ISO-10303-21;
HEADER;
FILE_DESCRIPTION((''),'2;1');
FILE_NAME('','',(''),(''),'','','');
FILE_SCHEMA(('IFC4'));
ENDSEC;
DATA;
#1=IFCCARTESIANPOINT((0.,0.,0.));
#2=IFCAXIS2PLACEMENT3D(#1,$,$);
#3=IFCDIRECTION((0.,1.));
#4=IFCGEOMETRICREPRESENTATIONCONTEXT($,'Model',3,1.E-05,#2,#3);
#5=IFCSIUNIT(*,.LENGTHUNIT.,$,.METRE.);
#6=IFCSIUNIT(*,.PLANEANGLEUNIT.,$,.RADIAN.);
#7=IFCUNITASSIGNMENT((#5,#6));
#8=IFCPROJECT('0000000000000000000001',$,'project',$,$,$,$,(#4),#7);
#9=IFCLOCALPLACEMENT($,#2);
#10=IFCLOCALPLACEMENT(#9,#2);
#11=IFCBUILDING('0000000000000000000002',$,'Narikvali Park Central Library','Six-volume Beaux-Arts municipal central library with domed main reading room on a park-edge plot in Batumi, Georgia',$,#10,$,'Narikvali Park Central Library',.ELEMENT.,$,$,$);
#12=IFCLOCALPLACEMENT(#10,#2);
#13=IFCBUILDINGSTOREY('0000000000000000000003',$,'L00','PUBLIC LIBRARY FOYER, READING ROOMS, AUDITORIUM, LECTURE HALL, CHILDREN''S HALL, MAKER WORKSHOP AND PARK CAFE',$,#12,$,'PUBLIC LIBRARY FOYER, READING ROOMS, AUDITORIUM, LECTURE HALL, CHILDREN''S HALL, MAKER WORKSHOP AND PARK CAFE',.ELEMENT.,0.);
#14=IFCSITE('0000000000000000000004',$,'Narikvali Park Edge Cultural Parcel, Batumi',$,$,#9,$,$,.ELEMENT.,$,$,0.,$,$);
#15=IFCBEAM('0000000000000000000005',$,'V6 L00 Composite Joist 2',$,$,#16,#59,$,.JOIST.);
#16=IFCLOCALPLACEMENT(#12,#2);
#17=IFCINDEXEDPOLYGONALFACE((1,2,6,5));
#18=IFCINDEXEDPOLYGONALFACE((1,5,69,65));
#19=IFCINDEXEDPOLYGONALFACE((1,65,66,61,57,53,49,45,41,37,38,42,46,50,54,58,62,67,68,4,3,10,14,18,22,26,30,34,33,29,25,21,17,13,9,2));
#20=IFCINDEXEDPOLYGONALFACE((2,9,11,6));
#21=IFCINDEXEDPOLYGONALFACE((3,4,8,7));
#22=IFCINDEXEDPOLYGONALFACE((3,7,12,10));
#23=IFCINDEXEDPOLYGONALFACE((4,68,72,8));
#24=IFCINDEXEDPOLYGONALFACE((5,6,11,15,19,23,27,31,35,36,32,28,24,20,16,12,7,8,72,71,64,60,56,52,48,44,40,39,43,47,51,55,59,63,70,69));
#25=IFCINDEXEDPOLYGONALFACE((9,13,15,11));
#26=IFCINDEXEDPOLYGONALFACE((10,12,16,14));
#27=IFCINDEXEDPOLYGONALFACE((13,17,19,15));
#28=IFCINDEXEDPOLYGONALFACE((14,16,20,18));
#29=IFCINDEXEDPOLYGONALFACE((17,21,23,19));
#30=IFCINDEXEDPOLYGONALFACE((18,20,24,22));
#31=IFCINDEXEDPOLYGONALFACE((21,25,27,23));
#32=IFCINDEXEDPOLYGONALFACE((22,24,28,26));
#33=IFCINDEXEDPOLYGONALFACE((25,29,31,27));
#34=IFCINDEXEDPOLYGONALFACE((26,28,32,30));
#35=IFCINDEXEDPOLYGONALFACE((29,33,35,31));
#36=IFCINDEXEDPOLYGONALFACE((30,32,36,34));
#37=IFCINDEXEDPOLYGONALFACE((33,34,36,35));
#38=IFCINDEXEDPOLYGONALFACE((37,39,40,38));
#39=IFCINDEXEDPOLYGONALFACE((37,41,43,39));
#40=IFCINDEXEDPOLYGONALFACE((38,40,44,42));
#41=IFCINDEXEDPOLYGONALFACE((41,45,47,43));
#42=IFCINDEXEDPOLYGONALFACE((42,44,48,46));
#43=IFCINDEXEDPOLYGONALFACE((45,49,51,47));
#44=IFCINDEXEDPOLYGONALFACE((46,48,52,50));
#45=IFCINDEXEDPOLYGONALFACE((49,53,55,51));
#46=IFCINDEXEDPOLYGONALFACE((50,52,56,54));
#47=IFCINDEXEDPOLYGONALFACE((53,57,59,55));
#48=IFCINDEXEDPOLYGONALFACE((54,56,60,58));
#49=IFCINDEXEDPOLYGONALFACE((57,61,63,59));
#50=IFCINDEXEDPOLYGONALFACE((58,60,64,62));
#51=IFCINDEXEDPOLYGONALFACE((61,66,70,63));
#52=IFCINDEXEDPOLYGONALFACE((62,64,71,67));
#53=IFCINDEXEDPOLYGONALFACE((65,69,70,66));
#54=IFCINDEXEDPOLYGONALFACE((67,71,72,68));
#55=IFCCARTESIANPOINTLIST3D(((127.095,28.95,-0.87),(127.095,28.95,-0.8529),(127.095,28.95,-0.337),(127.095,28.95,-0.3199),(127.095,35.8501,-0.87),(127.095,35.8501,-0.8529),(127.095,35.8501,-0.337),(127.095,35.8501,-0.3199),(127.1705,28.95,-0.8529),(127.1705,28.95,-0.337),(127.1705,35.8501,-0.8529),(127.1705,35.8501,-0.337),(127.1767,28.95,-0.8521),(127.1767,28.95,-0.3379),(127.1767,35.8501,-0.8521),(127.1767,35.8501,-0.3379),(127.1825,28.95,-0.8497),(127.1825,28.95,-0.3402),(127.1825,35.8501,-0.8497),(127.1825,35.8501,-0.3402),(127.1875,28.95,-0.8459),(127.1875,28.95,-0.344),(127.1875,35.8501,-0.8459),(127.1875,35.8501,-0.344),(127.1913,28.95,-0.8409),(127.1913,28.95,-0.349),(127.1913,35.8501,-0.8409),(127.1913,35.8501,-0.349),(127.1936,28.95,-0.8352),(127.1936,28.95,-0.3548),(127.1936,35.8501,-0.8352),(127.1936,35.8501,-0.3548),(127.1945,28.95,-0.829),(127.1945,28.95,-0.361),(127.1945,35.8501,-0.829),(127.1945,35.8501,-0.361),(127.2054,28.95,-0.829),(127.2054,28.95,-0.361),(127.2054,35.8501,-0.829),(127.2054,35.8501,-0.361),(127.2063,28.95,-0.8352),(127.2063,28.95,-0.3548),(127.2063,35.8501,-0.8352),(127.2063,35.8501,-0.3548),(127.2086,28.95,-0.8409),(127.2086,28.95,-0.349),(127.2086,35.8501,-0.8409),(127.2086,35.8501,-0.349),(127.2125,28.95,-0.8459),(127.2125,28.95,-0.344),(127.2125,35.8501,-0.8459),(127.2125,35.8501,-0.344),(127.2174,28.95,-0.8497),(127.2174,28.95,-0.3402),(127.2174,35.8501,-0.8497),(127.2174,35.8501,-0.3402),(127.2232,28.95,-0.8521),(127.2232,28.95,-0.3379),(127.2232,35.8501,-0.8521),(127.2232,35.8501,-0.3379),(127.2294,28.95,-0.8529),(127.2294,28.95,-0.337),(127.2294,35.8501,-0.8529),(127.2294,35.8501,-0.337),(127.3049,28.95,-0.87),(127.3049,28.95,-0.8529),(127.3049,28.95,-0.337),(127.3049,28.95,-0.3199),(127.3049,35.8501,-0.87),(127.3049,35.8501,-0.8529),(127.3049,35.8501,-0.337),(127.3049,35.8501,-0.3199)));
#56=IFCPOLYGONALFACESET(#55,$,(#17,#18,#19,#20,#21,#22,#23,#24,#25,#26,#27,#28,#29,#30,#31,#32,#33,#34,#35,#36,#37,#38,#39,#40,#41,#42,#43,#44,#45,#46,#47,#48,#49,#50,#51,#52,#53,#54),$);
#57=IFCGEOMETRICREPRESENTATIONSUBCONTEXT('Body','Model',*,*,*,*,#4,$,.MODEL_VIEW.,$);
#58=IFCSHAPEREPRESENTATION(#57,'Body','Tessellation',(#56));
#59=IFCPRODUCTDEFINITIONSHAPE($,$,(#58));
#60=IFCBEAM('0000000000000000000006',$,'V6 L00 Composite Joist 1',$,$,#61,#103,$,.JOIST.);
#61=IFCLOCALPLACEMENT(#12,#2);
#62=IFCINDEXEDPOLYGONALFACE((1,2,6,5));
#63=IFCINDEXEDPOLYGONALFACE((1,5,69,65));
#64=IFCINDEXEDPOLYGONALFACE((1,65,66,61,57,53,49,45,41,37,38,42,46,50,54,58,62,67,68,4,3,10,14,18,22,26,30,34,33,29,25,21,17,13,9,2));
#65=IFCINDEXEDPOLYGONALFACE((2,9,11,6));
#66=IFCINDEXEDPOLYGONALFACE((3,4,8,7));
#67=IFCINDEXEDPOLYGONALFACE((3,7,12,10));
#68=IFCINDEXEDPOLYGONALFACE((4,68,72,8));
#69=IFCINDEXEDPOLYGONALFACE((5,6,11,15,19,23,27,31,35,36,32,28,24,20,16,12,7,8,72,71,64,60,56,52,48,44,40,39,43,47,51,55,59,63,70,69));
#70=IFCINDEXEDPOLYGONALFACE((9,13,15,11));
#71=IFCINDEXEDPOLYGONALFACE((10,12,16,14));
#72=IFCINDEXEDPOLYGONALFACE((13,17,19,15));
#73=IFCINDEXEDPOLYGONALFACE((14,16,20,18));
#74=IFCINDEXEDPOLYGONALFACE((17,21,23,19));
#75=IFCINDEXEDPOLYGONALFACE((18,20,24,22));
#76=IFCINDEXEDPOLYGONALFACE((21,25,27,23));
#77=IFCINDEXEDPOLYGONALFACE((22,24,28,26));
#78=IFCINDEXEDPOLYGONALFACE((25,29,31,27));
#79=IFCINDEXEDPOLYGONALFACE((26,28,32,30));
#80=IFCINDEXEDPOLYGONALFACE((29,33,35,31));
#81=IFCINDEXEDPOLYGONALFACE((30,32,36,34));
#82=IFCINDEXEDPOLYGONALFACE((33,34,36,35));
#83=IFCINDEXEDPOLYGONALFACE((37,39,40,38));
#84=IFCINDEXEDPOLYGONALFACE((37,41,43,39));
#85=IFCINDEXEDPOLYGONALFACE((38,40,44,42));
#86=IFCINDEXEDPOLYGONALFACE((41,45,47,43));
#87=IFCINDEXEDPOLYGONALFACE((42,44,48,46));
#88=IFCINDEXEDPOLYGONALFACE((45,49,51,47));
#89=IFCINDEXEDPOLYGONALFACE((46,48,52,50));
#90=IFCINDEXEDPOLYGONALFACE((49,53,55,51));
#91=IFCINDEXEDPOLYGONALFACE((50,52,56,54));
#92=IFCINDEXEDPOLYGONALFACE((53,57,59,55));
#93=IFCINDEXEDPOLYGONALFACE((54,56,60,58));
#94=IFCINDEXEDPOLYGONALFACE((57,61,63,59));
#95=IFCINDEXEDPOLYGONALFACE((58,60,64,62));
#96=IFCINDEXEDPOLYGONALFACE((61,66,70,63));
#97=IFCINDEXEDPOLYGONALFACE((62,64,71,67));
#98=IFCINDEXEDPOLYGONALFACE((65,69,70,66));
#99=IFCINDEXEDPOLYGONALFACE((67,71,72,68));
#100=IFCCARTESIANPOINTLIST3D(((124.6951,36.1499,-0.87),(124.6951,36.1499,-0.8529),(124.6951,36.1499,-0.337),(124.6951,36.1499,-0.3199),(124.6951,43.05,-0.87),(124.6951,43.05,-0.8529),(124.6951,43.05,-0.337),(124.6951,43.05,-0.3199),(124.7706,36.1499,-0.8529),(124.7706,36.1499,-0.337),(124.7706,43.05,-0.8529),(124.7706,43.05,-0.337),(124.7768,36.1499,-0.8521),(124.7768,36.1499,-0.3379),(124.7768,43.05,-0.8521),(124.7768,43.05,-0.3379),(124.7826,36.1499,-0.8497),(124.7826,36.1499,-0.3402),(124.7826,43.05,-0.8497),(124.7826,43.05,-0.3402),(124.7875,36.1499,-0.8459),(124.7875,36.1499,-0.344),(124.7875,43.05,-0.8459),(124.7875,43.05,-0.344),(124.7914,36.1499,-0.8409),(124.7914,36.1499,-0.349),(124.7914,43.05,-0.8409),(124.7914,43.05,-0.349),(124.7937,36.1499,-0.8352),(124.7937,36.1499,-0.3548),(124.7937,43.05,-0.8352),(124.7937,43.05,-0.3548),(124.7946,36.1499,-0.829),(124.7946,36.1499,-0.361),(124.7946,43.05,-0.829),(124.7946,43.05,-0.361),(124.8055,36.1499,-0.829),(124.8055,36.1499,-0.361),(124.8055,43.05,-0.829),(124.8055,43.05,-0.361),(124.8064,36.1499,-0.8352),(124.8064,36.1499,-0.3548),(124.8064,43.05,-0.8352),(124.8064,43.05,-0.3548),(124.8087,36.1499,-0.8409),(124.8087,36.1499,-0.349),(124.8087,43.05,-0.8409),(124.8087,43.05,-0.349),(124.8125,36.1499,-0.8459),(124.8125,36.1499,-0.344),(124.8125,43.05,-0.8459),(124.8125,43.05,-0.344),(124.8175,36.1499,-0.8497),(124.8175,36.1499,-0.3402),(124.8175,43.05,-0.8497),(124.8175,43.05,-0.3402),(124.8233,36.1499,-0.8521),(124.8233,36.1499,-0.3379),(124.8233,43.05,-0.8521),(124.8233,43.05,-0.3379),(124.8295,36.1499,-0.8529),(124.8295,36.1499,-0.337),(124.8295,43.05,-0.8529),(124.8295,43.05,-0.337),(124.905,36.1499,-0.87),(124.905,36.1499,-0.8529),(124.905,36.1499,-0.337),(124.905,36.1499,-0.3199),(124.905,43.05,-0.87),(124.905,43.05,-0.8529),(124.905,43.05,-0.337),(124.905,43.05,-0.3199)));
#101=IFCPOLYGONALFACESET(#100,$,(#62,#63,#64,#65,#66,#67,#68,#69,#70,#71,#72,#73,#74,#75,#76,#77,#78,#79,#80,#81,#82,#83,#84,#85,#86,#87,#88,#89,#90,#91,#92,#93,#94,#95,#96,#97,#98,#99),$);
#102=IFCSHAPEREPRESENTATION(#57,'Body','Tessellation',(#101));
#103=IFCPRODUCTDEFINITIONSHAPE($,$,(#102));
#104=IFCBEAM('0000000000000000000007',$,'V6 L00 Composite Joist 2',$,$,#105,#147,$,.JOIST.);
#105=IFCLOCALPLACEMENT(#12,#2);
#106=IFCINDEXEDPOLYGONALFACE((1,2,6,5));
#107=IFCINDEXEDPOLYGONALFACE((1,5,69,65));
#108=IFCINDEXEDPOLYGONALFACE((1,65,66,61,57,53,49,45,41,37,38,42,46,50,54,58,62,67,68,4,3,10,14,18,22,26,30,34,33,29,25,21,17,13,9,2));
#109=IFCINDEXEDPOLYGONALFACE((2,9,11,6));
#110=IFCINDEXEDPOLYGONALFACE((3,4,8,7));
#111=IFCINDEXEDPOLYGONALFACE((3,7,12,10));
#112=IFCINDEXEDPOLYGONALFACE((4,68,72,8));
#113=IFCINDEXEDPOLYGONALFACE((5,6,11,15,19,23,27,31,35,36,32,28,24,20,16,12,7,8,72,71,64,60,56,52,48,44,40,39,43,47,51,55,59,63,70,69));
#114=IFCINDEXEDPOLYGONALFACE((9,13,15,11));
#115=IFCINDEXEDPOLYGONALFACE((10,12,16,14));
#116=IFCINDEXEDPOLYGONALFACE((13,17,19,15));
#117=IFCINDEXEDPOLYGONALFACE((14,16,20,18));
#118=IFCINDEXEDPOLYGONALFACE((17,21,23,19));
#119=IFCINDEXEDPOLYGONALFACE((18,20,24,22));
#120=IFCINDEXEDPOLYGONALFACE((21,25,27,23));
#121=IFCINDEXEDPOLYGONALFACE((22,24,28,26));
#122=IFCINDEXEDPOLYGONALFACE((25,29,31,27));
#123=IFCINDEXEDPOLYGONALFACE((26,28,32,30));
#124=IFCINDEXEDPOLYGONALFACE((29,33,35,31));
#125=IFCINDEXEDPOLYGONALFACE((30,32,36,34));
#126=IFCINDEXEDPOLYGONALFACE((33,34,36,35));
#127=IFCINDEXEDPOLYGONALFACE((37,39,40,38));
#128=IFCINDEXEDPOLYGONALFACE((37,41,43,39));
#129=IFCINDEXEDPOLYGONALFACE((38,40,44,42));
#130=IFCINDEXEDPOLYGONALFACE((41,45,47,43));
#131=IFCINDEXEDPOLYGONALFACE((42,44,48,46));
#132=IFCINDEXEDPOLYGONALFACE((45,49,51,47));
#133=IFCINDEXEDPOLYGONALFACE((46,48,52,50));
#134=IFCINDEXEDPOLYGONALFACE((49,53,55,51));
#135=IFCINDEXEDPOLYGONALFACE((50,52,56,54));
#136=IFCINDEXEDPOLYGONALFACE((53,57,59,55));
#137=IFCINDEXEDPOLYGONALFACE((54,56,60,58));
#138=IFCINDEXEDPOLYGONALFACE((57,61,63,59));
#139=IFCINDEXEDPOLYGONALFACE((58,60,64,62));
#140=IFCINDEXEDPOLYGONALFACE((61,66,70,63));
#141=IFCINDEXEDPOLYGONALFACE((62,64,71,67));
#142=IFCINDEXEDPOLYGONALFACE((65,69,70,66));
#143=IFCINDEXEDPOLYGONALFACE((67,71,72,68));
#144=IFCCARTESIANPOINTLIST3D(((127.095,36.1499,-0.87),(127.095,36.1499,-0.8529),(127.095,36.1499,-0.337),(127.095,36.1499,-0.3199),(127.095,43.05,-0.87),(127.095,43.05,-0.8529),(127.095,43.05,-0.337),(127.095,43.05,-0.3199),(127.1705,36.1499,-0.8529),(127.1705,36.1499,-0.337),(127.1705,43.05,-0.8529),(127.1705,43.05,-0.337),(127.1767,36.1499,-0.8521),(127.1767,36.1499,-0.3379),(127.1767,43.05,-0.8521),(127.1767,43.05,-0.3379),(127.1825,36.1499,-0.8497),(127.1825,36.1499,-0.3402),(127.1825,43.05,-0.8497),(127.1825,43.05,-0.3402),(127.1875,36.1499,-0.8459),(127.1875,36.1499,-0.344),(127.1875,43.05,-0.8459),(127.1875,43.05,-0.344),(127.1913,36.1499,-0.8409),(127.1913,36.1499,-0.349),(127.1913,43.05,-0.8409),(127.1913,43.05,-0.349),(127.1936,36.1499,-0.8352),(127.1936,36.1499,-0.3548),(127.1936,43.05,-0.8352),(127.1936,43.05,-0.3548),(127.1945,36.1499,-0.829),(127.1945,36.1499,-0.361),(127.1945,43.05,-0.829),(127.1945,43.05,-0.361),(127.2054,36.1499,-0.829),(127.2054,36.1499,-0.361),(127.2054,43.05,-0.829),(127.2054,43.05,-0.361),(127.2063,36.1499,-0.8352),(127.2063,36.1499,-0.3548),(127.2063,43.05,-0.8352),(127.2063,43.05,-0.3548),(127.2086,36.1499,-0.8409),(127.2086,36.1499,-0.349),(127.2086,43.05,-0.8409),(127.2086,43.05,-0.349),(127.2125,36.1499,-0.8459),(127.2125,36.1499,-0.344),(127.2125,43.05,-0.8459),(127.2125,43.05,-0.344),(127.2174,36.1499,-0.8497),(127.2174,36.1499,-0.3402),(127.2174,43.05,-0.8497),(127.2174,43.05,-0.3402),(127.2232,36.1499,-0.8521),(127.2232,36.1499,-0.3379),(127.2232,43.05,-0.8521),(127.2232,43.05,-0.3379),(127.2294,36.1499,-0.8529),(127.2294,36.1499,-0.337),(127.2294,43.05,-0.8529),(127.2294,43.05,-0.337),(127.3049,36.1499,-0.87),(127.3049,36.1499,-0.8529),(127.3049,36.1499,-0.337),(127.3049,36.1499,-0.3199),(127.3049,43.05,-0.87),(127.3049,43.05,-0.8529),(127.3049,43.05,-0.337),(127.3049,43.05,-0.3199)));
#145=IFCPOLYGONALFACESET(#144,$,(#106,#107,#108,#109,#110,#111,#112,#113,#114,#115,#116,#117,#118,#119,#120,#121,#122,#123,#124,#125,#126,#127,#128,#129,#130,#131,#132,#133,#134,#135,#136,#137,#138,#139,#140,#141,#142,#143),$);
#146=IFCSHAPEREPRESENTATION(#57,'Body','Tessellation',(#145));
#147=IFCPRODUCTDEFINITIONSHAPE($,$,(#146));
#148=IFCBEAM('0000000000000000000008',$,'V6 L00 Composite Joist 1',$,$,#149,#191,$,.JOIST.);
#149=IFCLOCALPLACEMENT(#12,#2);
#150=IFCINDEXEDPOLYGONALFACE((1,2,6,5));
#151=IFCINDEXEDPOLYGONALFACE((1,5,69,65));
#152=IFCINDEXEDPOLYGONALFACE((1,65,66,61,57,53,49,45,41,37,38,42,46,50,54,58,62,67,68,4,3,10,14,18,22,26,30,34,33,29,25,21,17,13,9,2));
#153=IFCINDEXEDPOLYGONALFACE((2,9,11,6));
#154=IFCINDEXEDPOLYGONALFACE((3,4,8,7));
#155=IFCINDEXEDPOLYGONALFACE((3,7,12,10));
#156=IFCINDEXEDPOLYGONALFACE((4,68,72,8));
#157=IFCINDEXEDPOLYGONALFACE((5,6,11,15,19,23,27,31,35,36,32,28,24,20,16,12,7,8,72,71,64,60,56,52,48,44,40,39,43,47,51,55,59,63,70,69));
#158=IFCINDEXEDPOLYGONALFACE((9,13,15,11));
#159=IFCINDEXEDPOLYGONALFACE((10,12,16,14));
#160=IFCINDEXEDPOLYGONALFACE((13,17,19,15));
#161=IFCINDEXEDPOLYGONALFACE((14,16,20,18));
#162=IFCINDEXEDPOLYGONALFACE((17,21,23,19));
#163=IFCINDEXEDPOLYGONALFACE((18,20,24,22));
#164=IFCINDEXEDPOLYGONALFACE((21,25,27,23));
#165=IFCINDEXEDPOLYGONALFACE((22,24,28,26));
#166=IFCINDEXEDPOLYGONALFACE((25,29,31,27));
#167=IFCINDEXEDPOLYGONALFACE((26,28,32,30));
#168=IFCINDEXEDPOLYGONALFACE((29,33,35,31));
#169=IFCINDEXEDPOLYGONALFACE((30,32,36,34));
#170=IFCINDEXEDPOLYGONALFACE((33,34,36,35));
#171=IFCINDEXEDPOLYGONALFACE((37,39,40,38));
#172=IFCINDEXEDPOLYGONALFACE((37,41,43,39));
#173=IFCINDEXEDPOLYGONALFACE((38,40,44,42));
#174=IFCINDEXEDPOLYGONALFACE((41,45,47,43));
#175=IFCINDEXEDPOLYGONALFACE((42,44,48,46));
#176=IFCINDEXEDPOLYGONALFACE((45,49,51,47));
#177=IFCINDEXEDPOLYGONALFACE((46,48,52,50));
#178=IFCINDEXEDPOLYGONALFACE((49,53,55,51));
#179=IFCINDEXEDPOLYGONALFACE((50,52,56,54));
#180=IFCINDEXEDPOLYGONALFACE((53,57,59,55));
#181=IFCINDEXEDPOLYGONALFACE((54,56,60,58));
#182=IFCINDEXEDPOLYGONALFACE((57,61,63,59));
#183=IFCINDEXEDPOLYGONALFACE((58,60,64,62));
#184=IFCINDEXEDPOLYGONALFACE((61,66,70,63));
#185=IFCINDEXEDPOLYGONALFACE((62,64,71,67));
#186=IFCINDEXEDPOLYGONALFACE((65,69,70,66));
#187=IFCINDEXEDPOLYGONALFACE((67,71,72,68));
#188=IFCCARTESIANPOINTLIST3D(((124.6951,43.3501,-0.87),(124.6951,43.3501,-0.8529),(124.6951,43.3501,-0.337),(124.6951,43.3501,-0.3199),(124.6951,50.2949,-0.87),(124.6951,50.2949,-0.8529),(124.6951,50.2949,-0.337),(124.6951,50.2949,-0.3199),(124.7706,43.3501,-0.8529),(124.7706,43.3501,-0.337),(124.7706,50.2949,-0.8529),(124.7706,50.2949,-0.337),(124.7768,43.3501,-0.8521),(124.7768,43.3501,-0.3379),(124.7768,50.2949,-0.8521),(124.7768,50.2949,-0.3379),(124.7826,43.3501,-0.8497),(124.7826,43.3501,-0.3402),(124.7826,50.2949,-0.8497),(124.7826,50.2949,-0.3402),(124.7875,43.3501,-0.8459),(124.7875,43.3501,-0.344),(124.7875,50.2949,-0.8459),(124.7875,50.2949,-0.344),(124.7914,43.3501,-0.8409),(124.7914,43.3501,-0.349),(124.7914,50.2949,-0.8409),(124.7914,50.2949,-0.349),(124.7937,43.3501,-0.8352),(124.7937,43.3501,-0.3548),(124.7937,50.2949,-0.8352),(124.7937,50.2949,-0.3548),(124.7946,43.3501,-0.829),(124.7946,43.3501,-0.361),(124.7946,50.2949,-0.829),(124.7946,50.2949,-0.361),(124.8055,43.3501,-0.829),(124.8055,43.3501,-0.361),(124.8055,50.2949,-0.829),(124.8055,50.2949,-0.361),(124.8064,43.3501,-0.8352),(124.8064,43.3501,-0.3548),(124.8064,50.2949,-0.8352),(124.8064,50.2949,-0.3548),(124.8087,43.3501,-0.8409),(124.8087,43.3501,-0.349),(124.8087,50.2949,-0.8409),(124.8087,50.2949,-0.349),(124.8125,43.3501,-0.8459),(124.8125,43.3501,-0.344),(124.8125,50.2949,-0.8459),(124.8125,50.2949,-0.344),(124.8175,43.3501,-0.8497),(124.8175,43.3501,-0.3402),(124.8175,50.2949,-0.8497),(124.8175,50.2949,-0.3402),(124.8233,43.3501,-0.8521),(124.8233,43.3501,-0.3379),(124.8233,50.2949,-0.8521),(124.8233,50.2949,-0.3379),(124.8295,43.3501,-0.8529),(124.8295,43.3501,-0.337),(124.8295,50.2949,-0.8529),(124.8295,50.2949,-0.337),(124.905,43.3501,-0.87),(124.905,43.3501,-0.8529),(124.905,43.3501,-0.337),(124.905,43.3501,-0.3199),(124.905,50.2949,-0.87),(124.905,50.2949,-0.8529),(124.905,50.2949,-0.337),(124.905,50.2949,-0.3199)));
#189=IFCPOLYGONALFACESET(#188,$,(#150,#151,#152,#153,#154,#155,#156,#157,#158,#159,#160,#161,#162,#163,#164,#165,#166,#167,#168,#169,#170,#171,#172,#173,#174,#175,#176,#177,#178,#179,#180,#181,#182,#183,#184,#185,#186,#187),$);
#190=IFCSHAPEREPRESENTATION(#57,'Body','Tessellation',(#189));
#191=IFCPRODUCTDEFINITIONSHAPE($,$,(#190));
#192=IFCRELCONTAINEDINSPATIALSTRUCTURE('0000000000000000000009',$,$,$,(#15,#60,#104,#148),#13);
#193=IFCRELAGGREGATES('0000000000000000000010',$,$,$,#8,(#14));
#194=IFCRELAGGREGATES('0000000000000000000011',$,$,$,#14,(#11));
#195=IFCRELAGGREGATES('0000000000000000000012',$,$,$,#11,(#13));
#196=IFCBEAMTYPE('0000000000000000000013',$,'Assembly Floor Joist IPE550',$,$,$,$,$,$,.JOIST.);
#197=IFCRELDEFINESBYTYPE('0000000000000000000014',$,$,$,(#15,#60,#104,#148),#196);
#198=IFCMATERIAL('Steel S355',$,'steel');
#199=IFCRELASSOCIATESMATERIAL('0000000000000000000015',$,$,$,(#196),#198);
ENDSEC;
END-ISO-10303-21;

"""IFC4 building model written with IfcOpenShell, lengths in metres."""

from ifc_helpers import new_model, si_unit, direction, frame, origin, origin_2d, place, context, subcontext, project, spatial, i_section, extrude, material, material_profile, profile_set, type_object, element, save


model = new_model("IFC4")

# Units and contexts
model_context = context("Model", 3, precision=1e-05, world=origin(), true_north=direction((0.0, 1.0)))
body_context = subcontext(model_context, "Body", "Model", "MODEL_VIEW")
ifc_project = project(units=[si_unit("LENGTHUNIT", "METRE"), si_unit("PLANEANGLEUNIT", "RADIAN")], contexts=[model_context])

# Site, building, storey
site_placement = place(None, origin())
site = spatial("IfcSite", under=ifc_project, at=site_placement, Name="Narikvali Park Edge Cultural Parcel, Batumi", CompositionType="ELEMENT", RefElevation=0.0)
building_placement = place(site_placement, origin())
building = spatial("IfcBuilding", under=site, at=building_placement, Name="Narikvali Park Central Library", Description="Six-volume Beaux-Arts municipal central library with domed main reading room on a park-edge plot in Batumi, Georgia", LongName="Narikvali Park Central Library", CompositionType="ELEMENT")
storey_placement = place(building_placement, origin())
storey = spatial("IfcBuildingStorey", under=building, at=storey_placement, Name="L00", Description="PUBLIC LIBRARY FOYER, READING ROOMS, AUDITORIUM, LECTURE HALL, CHILDREN'S HALL, MAKER WORKSHOP AND PARK CAFE", LongName="PUBLIC LIBRARY FOYER, READING ROOMS, AUDITORIUM, LECTURE HALL, CHILDREN'S HALL, MAKER WORKSHOP AND PARK CAFE", CompositionType="ELEMENT", Elevation=0.0)

# Shared definitions
ifc_material_1 = material(Name="Steel S355", Category="steel")

# Beams
ifc_material_profile_1 = material_profile(ifc_material_1, i_section(OverallWidth=0.21, OverallDepth=0.55, WebThickness=0.011, FlangeThickness=0.0171, FilletRadius=0.0239, at=origin_2d()), Name="IPE 550")
ifc_profile_set_1 = profile_set([ifc_material_profile_1], Name="Steel S355")
beam_type_1 = type_object("IfcBeamType", Name="Assembly Floor Joist IPE550", PredefinedType="JOIST", material=ifc_profile_set_1)
for number, where, z_axis, x_axis, name in (
    (1, (127.2, 28.95, -0.595), (0.0, 1.0, 0.0), (-1.0, 0.0, 0.0), "V6 L00 Composite Joist 2"),
    (2, (124.8, 36.1499, -0.595), (0.0, 1.0, 0.0), (-1.0, 0.0, 0.0), "V6 L00 Composite Joist 1"),
    (3, (127.2, 36.1499, -0.595), (0.0, 1.0, 0.0), (-1.0, 0.0, 0.0), "V6 L00 Composite Joist 2"),
):
    element("IfcBeam", number, at=place(storey_placement, frame(where, z_axis=z_axis, x_axis=x_axis)), inside=storey, type_object=beam_type_1, Name=name, PredefinedType="JOIST", context=body_context, shape_type="SweptSolid", body=[
        extrude(i_section(OverallWidth=0.21, OverallDepth=0.55, WebThickness=0.011, FlangeThickness=0.0171, FilletRadius=0.0239, at=origin_2d()), origin(), (0.0, 0.0, 1.0), 6.9001),
    ])
for number, where, z_axis, x_axis, name in (
    (4, (124.8, 43.3501, -0.595), (0.0, 1.0, 0.0), (-1.0, 0.0, 0.0), "V6 L00 Composite Joist 1"),
):
    element("IfcBeam", number, at=place(storey_placement, frame(where, z_axis=z_axis, x_axis=x_axis)), inside=storey, type_object=beam_type_1, Name=name, PredefinedType="JOIST", context=body_context, shape_type="SweptSolid", body=[
        extrude(i_section(OverallWidth=0.21, OverallDepth=0.55, WebThickness=0.011, FlangeThickness=0.0171, FilletRadius=0.0239, at=origin_2d()), origin(), (0.0, 0.0, 1.0), 6.9448),
    ])

save(model, "model.ifc")
